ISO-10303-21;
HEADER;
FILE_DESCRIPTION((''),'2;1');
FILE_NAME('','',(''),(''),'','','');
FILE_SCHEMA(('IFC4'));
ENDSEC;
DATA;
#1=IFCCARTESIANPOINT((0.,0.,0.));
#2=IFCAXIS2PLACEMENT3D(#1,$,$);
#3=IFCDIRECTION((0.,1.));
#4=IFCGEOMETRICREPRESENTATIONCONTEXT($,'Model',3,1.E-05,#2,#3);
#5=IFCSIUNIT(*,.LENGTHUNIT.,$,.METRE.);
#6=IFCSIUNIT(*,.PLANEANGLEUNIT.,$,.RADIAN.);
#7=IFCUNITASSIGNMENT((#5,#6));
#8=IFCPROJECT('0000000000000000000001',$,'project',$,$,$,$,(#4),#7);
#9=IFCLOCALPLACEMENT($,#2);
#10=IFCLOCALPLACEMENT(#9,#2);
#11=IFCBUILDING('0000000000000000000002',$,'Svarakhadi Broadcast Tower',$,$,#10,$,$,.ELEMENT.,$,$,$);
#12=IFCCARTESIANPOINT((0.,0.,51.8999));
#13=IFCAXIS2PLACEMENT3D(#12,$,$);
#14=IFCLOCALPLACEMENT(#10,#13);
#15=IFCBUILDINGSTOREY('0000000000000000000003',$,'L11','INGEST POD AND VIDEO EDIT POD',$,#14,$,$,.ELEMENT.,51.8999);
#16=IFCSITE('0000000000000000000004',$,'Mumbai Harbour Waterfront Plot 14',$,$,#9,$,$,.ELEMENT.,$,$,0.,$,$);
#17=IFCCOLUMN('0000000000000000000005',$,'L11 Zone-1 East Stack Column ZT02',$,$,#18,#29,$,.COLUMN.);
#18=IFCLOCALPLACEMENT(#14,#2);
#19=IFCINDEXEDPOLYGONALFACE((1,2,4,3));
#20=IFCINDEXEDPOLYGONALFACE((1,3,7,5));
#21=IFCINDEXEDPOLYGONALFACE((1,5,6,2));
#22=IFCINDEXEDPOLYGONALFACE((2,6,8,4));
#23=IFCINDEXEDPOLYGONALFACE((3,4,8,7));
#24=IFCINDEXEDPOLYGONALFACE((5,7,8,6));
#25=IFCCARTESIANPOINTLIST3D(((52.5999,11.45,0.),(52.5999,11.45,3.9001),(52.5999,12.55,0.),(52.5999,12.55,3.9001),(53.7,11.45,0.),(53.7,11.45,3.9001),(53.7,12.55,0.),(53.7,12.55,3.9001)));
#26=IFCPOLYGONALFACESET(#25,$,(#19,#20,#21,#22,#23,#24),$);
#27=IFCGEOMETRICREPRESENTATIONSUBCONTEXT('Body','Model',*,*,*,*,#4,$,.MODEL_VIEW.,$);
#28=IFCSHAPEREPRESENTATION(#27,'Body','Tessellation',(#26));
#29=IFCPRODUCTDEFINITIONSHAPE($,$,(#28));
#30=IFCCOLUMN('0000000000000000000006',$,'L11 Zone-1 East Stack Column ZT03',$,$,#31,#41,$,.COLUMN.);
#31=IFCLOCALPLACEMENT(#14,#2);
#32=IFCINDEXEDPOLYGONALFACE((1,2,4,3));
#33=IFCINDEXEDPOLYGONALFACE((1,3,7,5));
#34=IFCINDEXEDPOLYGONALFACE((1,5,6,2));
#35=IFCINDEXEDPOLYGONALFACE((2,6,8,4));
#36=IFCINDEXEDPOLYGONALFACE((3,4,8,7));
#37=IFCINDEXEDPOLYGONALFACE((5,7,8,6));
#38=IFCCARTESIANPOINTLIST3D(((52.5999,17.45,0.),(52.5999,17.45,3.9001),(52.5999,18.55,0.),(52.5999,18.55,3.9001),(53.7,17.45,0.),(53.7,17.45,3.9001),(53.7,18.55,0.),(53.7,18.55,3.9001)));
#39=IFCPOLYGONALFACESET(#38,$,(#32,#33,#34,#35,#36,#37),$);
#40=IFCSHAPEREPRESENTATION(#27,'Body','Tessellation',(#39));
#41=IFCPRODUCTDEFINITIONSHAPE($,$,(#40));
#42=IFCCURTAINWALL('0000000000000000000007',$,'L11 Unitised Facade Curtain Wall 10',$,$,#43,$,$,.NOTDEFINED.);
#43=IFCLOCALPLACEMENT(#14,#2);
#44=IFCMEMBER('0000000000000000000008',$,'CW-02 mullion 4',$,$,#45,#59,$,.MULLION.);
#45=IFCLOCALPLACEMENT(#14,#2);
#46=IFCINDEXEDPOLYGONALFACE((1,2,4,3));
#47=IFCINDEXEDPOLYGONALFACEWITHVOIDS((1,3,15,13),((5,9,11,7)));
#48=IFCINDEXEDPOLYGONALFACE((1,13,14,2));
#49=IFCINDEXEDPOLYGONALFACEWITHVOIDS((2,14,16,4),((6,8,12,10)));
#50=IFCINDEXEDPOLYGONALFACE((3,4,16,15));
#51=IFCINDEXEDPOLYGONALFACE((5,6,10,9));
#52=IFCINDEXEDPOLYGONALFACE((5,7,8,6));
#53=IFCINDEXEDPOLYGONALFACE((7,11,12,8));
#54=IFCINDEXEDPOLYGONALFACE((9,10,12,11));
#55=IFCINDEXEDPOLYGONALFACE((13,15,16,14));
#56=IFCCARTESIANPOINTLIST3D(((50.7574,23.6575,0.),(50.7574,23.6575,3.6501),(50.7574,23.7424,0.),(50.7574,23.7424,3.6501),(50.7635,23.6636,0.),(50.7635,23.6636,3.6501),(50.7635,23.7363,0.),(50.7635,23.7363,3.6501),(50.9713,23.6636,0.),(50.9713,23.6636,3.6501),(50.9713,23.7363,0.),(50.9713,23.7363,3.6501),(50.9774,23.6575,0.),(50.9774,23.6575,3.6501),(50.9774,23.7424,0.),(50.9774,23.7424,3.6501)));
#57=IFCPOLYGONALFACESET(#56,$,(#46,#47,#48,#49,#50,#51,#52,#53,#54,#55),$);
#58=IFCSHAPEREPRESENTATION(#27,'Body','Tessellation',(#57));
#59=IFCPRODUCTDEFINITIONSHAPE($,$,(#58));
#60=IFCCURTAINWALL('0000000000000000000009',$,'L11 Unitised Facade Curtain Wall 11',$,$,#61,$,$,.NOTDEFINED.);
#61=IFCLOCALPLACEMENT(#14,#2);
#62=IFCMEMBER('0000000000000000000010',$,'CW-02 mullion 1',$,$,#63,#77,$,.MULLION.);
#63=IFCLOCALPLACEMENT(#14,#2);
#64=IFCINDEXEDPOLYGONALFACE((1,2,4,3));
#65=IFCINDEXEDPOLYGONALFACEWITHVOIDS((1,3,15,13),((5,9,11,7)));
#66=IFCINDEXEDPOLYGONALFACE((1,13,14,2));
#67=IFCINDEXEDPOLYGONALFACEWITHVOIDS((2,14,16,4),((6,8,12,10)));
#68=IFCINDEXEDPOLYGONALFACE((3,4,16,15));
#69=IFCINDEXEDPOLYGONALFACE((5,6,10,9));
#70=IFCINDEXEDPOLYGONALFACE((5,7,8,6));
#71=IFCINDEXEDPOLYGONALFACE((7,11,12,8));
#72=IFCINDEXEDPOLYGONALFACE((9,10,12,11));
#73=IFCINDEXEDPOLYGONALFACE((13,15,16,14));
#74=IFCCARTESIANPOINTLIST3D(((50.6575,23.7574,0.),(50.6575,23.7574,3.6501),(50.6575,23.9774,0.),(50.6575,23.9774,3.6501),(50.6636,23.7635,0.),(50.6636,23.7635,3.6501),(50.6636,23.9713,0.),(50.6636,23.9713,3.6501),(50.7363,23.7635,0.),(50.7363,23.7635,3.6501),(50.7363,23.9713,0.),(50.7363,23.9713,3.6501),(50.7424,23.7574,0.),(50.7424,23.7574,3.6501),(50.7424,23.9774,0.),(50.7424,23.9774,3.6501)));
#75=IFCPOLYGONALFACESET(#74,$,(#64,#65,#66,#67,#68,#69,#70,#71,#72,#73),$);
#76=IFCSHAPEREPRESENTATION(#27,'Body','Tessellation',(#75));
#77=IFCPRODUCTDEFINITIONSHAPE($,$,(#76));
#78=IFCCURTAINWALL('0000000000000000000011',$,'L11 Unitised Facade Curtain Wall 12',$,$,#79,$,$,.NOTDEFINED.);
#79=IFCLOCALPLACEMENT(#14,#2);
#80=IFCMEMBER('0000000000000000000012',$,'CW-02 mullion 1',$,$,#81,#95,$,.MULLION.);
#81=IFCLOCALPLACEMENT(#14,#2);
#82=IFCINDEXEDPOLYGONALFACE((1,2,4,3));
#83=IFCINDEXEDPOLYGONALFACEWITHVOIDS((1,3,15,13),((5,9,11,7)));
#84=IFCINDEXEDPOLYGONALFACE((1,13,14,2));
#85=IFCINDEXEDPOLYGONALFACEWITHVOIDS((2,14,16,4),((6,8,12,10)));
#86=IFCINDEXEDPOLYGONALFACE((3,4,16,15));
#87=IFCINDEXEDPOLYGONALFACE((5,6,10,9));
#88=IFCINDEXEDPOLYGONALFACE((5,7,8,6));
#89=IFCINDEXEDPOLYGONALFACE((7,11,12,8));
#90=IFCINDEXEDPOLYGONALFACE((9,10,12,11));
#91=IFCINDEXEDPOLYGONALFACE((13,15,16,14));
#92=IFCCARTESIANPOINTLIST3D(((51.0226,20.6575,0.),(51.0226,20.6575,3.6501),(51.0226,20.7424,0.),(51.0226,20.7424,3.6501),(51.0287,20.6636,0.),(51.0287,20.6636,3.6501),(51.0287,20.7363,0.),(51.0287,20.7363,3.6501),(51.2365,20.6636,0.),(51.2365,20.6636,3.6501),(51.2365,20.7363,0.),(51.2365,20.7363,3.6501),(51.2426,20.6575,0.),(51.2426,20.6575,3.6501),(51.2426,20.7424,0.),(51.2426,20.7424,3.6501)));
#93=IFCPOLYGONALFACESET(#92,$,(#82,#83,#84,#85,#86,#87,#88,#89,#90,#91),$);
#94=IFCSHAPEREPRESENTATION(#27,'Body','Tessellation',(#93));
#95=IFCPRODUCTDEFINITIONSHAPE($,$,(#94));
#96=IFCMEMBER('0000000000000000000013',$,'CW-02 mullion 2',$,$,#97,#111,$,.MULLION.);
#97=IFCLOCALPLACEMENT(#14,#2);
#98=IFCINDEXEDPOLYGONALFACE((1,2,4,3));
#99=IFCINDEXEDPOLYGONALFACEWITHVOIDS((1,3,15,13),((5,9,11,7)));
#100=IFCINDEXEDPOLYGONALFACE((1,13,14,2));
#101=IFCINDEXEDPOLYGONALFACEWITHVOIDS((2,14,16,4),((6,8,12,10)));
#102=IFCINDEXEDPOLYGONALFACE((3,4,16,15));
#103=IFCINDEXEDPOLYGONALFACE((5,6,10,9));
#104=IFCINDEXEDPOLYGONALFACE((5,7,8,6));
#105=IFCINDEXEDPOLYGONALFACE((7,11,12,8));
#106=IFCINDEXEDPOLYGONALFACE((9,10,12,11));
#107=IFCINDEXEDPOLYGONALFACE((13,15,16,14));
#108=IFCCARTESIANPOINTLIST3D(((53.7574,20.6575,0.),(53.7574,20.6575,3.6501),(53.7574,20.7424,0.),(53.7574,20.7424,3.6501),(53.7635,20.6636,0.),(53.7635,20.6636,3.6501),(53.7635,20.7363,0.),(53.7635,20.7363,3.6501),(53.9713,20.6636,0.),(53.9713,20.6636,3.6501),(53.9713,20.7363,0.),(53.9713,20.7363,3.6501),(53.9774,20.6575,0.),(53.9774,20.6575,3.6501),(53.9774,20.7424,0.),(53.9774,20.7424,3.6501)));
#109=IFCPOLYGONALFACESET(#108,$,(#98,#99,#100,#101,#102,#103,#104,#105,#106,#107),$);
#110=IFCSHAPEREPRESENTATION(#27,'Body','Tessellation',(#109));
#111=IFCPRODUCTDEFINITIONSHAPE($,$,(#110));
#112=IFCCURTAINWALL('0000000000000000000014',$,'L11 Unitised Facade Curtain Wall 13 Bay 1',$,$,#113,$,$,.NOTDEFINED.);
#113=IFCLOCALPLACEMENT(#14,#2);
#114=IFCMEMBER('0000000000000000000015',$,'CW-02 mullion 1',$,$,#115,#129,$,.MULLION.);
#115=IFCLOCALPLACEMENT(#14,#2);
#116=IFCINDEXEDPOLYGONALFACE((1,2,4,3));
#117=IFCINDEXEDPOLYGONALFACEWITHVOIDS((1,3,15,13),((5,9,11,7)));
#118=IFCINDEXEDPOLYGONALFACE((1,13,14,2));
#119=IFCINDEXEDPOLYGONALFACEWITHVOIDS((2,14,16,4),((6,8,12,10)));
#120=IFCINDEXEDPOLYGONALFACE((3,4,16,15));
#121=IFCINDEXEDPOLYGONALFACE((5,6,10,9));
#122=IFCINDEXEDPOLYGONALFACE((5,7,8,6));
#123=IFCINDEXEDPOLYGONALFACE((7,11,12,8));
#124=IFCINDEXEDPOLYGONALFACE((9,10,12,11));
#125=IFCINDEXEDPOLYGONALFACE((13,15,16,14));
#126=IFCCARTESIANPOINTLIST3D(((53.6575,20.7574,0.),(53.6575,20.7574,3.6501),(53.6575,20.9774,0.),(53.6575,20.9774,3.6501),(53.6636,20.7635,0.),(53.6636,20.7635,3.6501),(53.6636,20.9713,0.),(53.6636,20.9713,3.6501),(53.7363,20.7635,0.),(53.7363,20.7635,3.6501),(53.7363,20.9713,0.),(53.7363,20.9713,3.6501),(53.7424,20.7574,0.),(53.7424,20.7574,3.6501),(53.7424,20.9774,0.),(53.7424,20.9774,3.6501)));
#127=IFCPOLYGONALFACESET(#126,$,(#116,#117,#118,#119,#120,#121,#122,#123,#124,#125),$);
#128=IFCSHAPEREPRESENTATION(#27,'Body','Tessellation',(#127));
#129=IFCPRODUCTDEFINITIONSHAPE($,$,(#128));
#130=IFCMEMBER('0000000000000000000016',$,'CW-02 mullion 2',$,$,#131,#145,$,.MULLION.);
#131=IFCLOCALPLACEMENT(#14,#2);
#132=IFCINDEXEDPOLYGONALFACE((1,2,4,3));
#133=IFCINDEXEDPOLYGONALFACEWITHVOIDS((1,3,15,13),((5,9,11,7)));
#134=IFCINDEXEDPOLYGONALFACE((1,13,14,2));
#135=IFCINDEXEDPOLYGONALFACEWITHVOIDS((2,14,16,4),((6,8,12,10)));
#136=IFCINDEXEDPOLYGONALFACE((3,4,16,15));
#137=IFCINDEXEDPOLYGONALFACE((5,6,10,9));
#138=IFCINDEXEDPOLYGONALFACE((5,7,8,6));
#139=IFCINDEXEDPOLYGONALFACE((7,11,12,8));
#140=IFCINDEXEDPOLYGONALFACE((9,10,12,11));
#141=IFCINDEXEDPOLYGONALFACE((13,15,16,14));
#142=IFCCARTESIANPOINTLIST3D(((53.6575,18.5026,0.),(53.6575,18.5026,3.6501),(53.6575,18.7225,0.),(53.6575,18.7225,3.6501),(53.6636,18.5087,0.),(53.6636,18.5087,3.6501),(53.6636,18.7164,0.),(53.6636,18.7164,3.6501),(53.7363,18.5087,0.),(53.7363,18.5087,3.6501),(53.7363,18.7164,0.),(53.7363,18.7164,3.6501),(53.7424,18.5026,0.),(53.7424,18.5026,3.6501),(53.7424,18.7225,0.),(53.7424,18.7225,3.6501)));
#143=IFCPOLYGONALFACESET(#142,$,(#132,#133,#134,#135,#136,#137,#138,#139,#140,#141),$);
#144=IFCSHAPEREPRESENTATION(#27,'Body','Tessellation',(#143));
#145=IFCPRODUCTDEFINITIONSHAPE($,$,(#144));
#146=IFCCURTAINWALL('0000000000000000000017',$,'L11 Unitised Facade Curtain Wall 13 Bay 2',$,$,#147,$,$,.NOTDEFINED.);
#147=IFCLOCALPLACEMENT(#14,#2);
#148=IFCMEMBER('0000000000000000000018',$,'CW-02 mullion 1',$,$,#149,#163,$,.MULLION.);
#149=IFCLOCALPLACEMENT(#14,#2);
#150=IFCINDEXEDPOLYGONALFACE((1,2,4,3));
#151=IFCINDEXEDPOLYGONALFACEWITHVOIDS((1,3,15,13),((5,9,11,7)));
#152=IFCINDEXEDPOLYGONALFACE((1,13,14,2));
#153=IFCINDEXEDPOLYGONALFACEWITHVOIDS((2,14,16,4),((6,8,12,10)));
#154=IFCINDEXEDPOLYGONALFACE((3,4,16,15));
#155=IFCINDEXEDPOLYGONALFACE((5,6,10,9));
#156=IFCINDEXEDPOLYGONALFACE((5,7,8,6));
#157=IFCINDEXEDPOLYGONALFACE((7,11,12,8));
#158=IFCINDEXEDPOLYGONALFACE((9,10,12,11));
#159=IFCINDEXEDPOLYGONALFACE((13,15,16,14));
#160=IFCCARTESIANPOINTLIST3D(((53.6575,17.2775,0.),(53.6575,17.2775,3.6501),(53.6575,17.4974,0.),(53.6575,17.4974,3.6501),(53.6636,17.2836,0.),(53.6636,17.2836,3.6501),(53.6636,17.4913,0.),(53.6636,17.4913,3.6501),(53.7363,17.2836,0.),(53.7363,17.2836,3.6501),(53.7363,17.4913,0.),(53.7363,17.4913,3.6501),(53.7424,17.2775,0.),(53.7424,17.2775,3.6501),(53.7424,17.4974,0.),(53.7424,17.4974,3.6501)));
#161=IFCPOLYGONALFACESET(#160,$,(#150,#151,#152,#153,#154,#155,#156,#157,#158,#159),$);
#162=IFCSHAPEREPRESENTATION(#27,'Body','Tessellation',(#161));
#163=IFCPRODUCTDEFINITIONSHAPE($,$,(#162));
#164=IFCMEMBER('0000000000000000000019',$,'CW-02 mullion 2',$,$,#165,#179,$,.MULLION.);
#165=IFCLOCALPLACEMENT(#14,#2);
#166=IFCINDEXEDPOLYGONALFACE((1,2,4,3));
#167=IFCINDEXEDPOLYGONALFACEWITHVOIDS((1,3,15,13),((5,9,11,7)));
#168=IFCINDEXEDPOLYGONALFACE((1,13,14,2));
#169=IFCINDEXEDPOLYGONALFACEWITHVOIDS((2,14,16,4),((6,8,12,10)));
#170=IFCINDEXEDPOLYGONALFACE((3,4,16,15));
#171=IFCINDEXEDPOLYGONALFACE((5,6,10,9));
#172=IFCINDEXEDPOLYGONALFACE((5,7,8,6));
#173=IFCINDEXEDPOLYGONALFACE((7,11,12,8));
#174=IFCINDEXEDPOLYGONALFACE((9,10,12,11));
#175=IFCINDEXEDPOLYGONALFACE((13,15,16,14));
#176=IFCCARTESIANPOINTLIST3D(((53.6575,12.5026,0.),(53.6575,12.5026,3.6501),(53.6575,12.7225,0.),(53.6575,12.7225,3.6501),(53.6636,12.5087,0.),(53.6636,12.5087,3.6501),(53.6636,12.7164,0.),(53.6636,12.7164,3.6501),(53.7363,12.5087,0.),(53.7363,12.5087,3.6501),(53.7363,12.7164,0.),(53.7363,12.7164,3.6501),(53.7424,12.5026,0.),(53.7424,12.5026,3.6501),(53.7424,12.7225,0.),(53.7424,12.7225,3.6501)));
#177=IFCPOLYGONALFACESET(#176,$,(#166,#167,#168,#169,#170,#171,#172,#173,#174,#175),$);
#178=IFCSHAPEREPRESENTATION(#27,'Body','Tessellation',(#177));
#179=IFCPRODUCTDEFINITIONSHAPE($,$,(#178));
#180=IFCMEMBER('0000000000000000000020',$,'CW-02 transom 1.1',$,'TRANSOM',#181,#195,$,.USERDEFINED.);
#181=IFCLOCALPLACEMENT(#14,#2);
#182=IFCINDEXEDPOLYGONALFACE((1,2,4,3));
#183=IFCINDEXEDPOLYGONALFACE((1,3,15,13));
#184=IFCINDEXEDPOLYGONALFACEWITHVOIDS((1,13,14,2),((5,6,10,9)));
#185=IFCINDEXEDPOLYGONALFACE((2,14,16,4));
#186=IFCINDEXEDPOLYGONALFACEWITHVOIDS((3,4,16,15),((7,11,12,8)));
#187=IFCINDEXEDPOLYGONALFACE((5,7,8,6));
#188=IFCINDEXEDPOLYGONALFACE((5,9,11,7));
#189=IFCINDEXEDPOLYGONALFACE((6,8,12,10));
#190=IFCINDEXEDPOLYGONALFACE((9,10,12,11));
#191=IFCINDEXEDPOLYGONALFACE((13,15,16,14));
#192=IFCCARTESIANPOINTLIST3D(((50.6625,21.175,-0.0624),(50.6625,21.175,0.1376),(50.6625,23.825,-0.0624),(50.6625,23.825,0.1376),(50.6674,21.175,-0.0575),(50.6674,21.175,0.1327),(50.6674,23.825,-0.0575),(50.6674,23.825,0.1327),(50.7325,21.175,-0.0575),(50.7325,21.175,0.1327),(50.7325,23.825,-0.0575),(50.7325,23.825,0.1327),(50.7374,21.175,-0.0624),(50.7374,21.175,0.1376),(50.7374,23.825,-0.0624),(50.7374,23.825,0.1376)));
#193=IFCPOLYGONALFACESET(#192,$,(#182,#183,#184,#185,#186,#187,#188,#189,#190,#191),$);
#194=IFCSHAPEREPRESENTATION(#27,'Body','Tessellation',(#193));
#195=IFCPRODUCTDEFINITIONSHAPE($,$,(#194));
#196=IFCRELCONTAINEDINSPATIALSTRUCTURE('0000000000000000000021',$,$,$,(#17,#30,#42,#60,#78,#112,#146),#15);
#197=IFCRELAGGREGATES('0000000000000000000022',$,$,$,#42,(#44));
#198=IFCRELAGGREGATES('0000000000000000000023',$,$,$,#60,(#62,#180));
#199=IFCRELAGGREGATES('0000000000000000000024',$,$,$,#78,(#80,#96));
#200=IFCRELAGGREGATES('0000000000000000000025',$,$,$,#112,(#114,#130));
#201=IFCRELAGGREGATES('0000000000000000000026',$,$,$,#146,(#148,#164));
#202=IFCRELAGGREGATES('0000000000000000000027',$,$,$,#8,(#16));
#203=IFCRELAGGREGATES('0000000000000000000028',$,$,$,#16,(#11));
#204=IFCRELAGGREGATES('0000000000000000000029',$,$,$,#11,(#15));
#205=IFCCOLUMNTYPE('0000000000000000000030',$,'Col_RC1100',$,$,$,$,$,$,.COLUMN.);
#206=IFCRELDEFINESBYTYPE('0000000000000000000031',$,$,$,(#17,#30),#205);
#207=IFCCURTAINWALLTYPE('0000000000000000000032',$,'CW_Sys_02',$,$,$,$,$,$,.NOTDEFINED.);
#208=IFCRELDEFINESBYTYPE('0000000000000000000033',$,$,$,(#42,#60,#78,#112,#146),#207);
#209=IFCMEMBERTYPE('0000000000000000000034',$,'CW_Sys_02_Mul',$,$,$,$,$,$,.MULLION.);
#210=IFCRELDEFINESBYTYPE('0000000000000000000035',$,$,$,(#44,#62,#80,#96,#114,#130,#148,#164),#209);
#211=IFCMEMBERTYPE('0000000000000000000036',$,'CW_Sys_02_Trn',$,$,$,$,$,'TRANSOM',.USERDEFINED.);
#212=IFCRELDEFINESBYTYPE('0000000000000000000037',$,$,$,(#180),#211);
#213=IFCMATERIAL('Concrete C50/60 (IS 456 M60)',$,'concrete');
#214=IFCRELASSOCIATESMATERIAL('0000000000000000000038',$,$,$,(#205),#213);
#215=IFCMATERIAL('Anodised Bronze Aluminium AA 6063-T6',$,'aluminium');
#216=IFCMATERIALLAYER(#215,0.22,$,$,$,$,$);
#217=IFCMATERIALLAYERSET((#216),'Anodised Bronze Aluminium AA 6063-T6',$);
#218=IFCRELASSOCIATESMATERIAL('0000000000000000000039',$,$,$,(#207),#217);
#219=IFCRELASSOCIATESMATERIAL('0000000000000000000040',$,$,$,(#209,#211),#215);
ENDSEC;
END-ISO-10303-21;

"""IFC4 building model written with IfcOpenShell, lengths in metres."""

from ifc_helpers import new_model, si_unit, direction, frame, origin, origin_2d, place, context, subcontext, project, spatial, rectangle, hollow_rectangle, extrude, material, layer, layer_set, material_profile, profile_set, type_object, element, aggregate, save


model = new_model("IFC4")

# Units and contexts
model_context = context("Model", 3, precision=1e-05, world=origin(), true_north=direction((0.0, 1.0)))
body_context = subcontext(model_context, "Body", "Model", "MODEL_VIEW")
ifc_project = project(units=[si_unit("LENGTHUNIT", "METRE"), si_unit("PLANEANGLEUNIT", "RADIAN")], contexts=[model_context])

# Site, building, storey
site_placement = place(None, origin())
site = spatial("IfcSite", under=ifc_project, at=site_placement, Name="Mumbai Harbour Waterfront Plot 14", CompositionType="ELEMENT", RefElevation=0.0)
building_placement = place(site_placement, origin())
building = spatial("IfcBuilding", under=site, at=building_placement, Name="Svarakhadi Broadcast Tower", CompositionType="ELEMENT")
storey_placement = place(building_placement, frame((0.0, 0.0, 51.8999)))
storey = spatial("IfcBuildingStorey", under=building, at=storey_placement, Name="L11", Description="INGEST POD AND VIDEO EDIT POD", CompositionType="ELEMENT", Elevation=51.8999)

# Columns
ifc_material_1 = material(Name="Concrete C50/60 (IS 456 M60)", Category="concrete")
ifc_material_profile_1 = material_profile(ifc_material_1, rectangle(XDim=1.1001, YDim=1.1001, at=origin_2d()), Name="RC 1100x1100")
ifc_profile_set_1 = profile_set([ifc_material_profile_1], Name="Concrete C50/60 (IS 456 M60)")
column_type = type_object("IfcColumnType", Name="Col_RC1100", PredefinedType="COLUMN", material=ifc_profile_set_1)
for number, where, z_axis, x_axis, name in (
    (1, (53.1499, 12.0, 0.0), (0.0, 0.0, 1.0), (1.0, 0.0, 0.0), "L11 Zone-1 East Stack Column ZT02"),
    (2, (53.1499, 18.0, 0.0), (0.0, 0.0, 1.0), (1.0, 0.0, 0.0), "L11 Zone-1 East Stack Column ZT03"),
):
    element("IfcColumn", number, at=place(storey_placement, frame(where, z_axis=z_axis, x_axis=x_axis)), inside=storey, type_object=column_type, Name=name, PredefinedType="COLUMN", context=body_context, shape_type="SweptSolid", body=[
        extrude(rectangle(XDim=1.1001, YDim=1.1001, at=origin_2d()), origin(), (0.0, 0.0, 1.0), 3.9001),
    ])

# Curtain walls, members
ifc_material_2 = material(Name="Anodised Bronze Aluminium AA 6063-T6", Category="aluminium")
ifc_layer_1 = layer(ifc_material_2, 0.22)
ifc_layer_set_1 = layer_set([ifc_layer_1], Name="Anodised Bronze Aluminium AA 6063-T6")
curtain_wall_type = type_object("IfcCurtainWallType", Name="CW_Sys_02", PredefinedType="NOTDEFINED", material=ifc_layer_set_1)
curtain_wall_1_placement = place(storey_placement, origin())
curtain_wall_1 = element("IfcCurtainWall", 3, at=curtain_wall_1_placement, inside=storey, type_object=curtain_wall_type, Name="L11 Unitised Facade Curtain Wall 10", PredefinedType="NOTDEFINED")
ifc_material_profile_2 = material_profile(ifc_material_2, hollow_rectangle(XDim=0.085, YDim=0.22, WallThickness=0.0061, at=origin_2d()), Name="ALU MULLION 220x85x6")
ifc_profile_set_2 = profile_set([ifc_material_profile_2], Name="Anodised Bronze Aluminium AA 6063-T6")
member_type_1 = type_object("IfcMemberType", Name="CW_Sys_02_Mul", PredefinedType="MULLION", material=ifc_profile_set_2)
member_1_placement = place(storey_placement, frame((50.8674, 23.7, 0.0), z_axis=(0.0, 0.0, 1.0), x_axis=(0.0, 1.0, 0.0)))
member_1 = element("IfcMember", 4, at=member_1_placement, type_object=member_type_1, Name="CW-02 mullion 4", PredefinedType="MULLION", context=body_context, shape_type="SweptSolid", body=[
    extrude(hollow_rectangle(XDim=0.085, YDim=0.22, WallThickness=0.0061, at=origin_2d()), origin(), (0.0, 0.0, 1.0), 3.6501),
])
aggregate(curtain_wall_1, [member_1])
curtain_wall_2_placement = place(storey_placement, origin())
curtain_wall_2 = element("IfcCurtainWall", 5, at=curtain_wall_2_placement, inside=storey, type_object=curtain_wall_type, Name="L11 Unitised Facade Curtain Wall 11", PredefinedType="NOTDEFINED")
member_2_placement = place(storey_placement, frame((50.7, 23.8674, 0.0), z_axis=(0.0, 0.0, 1.0), x_axis=(1.0, 0.0, 0.0)))
member_2 = element("IfcMember", 6, at=member_2_placement, type_object=member_type_1, Name="CW-02 mullion 1", PredefinedType="MULLION", context=body_context, shape_type="SweptSolid", body=[
    extrude(hollow_rectangle(XDim=0.085, YDim=0.22, WallThickness=0.0061, at=origin_2d()), origin(), (0.0, 0.0, 1.0), 3.6501),
])

# Curtain walls, members
curtain_wall_3_placement = place(storey_placement, origin())
curtain_wall_3 = element("IfcCurtainWall", 7, at=curtain_wall_3_placement, inside=storey, type_object=curtain_wall_type, Name="L11 Unitised Facade Curtain Wall 12", PredefinedType="NOTDEFINED")
member_3_placement = place(storey_placement, frame((51.1326, 20.7, 0.0), z_axis=(0.0, 0.0, 1.0), x_axis=(0.0, 1.0, 0.0)))
member_3 = element("IfcMember", 8, at=member_3_placement, type_object=member_type_1, Name="CW-02 mullion 1", PredefinedType="MULLION", context=body_context, shape_type="SweptSolid", body=[
    extrude(hollow_rectangle(XDim=0.085, YDim=0.22, WallThickness=0.0061, at=origin_2d()), origin(), (0.0, 0.0, 1.0), 3.6501),
])
member_4_placement = place(storey_placement, frame((53.8674, 20.7, 0.0), z_axis=(0.0, 0.0, 1.0), x_axis=(0.0, 1.0, 0.0)))
member_4 = element("IfcMember", 9, at=member_4_placement, type_object=member_type_1, Name="CW-02 mullion 2", PredefinedType="MULLION", context=body_context, shape_type="SweptSolid", body=[
    extrude(hollow_rectangle(XDim=0.085, YDim=0.22, WallThickness=0.0061, at=origin_2d()), origin(), (0.0, 0.0, 1.0), 3.6501),
])
curtain_wall_4_placement = place(storey_placement, origin())
curtain_wall_4 = element("IfcCurtainWall", 10, at=curtain_wall_4_placement, inside=storey, type_object=curtain_wall_type, Name="L11 Unitised Facade Curtain Wall 13 Bay 1", PredefinedType="NOTDEFINED")
member_5_placement = place(storey_placement, frame((53.7, 20.8674, 0.0), z_axis=(0.0, 0.0, 1.0), x_axis=(1.0, 0.0, 0.0)))
member_5 = element("IfcMember", 11, at=member_5_placement, type_object=member_type_1, Name="CW-02 mullion 1", PredefinedType="MULLION", context=body_context, shape_type="SweptSolid", body=[
    extrude(hollow_rectangle(XDim=0.085, YDim=0.22, WallThickness=0.0061, at=origin_2d()), origin(), (0.0, 0.0, 1.0), 3.6501),
])
member_6_placement = place(storey_placement, frame((53.7, 18.6125, 0.0), z_axis=(0.0, 0.0, 1.0), x_axis=(1.0, 0.0, 0.0)))
member_6 = element("IfcMember", 12, at=member_6_placement, type_object=member_type_1, Name="CW-02 mullion 2", PredefinedType="MULLION", context=body_context, shape_type="SweptSolid", body=[
    extrude(hollow_rectangle(XDim=0.085, YDim=0.22, WallThickness=0.0061, at=origin_2d()), origin(), (0.0, 0.0, 1.0), 3.6501),
])
curtain_wall_5_placement = place(storey_placement, origin())
curtain_wall_5 = element("IfcCurtainWall", 13, at=curtain_wall_5_placement, inside=storey, type_object=curtain_wall_type, Name="L11 Unitised Facade Curtain Wall 13 Bay 2", PredefinedType="NOTDEFINED")
member_7_placement = place(storey_placement, frame((53.7, 17.3875, 0.0), z_axis=(0.0, 0.0, 1.0), x_axis=(1.0, 0.0, 0.0)))
member_7 = element("IfcMember", 14, at=member_7_placement, type_object=member_type_1, Name="CW-02 mullion 1", PredefinedType="MULLION", context=body_context, shape_type="SweptSolid", body=[
    extrude(hollow_rectangle(XDim=0.085, YDim=0.22, WallThickness=0.0061, at=origin_2d()), origin(), (0.0, 0.0, 1.0), 3.6501),
])
member_8_placement = place(storey_placement, frame((53.7, 12.6125, 0.0), z_axis=(0.0, 0.0, 1.0), x_axis=(1.0, 0.0, 0.0)))
member_8 = element("IfcMember", 15, at=member_8_placement, type_object=member_type_1, Name="CW-02 mullion 2", PredefinedType="MULLION", context=body_context, shape_type="SweptSolid", body=[
    extrude(hollow_rectangle(XDim=0.085, YDim=0.22, WallThickness=0.0061, at=origin_2d()), origin(), (0.0, 0.0, 1.0), 3.6501),
])

# Member
ifc_material_profile_3 = material_profile(ifc_material_2, hollow_rectangle(XDim=0.075, YDim=0.2, WallThickness=0.0049, at=origin_2d()), Name="ALU TRANSOM 200x75x5")
ifc_profile_set_3 = profile_set([ifc_material_profile_3], Name="Anodised Bronze Aluminium AA 6063-T6")
member_type_2 = type_object("IfcMemberType", Name="CW_Sys_02_Trn", ElementType="TRANSOM", PredefinedType="USERDEFINED", material=ifc_profile_set_3)
member_9_placement = place(storey_placement, frame((50.7, 23.825, 0.0376), z_axis=(0.0, -1.0, 0.0), x_axis=(1.0, 0.0, 0.0)))
member_9 = element("IfcMember", 16, at=member_9_placement, type_object=member_type_2, Name="CW-02 transom 1.1", ObjectType="TRANSOM", PredefinedType="USERDEFINED", context=body_context, shape_type="SweptSolid", body=[
    extrude(hollow_rectangle(XDim=0.075, YDim=0.2, WallThickness=0.0049, at=origin_2d()), origin(), (0.0, 0.0, 1.0), 2.6499),
])

aggregate(curtain_wall_2, [member_2, member_9])
aggregate(curtain_wall_3, [member_3, member_4])
aggregate(curtain_wall_4, [member_5, member_6])
aggregate(curtain_wall_5, [member_7, member_8])

save(model, "model.ifc")
